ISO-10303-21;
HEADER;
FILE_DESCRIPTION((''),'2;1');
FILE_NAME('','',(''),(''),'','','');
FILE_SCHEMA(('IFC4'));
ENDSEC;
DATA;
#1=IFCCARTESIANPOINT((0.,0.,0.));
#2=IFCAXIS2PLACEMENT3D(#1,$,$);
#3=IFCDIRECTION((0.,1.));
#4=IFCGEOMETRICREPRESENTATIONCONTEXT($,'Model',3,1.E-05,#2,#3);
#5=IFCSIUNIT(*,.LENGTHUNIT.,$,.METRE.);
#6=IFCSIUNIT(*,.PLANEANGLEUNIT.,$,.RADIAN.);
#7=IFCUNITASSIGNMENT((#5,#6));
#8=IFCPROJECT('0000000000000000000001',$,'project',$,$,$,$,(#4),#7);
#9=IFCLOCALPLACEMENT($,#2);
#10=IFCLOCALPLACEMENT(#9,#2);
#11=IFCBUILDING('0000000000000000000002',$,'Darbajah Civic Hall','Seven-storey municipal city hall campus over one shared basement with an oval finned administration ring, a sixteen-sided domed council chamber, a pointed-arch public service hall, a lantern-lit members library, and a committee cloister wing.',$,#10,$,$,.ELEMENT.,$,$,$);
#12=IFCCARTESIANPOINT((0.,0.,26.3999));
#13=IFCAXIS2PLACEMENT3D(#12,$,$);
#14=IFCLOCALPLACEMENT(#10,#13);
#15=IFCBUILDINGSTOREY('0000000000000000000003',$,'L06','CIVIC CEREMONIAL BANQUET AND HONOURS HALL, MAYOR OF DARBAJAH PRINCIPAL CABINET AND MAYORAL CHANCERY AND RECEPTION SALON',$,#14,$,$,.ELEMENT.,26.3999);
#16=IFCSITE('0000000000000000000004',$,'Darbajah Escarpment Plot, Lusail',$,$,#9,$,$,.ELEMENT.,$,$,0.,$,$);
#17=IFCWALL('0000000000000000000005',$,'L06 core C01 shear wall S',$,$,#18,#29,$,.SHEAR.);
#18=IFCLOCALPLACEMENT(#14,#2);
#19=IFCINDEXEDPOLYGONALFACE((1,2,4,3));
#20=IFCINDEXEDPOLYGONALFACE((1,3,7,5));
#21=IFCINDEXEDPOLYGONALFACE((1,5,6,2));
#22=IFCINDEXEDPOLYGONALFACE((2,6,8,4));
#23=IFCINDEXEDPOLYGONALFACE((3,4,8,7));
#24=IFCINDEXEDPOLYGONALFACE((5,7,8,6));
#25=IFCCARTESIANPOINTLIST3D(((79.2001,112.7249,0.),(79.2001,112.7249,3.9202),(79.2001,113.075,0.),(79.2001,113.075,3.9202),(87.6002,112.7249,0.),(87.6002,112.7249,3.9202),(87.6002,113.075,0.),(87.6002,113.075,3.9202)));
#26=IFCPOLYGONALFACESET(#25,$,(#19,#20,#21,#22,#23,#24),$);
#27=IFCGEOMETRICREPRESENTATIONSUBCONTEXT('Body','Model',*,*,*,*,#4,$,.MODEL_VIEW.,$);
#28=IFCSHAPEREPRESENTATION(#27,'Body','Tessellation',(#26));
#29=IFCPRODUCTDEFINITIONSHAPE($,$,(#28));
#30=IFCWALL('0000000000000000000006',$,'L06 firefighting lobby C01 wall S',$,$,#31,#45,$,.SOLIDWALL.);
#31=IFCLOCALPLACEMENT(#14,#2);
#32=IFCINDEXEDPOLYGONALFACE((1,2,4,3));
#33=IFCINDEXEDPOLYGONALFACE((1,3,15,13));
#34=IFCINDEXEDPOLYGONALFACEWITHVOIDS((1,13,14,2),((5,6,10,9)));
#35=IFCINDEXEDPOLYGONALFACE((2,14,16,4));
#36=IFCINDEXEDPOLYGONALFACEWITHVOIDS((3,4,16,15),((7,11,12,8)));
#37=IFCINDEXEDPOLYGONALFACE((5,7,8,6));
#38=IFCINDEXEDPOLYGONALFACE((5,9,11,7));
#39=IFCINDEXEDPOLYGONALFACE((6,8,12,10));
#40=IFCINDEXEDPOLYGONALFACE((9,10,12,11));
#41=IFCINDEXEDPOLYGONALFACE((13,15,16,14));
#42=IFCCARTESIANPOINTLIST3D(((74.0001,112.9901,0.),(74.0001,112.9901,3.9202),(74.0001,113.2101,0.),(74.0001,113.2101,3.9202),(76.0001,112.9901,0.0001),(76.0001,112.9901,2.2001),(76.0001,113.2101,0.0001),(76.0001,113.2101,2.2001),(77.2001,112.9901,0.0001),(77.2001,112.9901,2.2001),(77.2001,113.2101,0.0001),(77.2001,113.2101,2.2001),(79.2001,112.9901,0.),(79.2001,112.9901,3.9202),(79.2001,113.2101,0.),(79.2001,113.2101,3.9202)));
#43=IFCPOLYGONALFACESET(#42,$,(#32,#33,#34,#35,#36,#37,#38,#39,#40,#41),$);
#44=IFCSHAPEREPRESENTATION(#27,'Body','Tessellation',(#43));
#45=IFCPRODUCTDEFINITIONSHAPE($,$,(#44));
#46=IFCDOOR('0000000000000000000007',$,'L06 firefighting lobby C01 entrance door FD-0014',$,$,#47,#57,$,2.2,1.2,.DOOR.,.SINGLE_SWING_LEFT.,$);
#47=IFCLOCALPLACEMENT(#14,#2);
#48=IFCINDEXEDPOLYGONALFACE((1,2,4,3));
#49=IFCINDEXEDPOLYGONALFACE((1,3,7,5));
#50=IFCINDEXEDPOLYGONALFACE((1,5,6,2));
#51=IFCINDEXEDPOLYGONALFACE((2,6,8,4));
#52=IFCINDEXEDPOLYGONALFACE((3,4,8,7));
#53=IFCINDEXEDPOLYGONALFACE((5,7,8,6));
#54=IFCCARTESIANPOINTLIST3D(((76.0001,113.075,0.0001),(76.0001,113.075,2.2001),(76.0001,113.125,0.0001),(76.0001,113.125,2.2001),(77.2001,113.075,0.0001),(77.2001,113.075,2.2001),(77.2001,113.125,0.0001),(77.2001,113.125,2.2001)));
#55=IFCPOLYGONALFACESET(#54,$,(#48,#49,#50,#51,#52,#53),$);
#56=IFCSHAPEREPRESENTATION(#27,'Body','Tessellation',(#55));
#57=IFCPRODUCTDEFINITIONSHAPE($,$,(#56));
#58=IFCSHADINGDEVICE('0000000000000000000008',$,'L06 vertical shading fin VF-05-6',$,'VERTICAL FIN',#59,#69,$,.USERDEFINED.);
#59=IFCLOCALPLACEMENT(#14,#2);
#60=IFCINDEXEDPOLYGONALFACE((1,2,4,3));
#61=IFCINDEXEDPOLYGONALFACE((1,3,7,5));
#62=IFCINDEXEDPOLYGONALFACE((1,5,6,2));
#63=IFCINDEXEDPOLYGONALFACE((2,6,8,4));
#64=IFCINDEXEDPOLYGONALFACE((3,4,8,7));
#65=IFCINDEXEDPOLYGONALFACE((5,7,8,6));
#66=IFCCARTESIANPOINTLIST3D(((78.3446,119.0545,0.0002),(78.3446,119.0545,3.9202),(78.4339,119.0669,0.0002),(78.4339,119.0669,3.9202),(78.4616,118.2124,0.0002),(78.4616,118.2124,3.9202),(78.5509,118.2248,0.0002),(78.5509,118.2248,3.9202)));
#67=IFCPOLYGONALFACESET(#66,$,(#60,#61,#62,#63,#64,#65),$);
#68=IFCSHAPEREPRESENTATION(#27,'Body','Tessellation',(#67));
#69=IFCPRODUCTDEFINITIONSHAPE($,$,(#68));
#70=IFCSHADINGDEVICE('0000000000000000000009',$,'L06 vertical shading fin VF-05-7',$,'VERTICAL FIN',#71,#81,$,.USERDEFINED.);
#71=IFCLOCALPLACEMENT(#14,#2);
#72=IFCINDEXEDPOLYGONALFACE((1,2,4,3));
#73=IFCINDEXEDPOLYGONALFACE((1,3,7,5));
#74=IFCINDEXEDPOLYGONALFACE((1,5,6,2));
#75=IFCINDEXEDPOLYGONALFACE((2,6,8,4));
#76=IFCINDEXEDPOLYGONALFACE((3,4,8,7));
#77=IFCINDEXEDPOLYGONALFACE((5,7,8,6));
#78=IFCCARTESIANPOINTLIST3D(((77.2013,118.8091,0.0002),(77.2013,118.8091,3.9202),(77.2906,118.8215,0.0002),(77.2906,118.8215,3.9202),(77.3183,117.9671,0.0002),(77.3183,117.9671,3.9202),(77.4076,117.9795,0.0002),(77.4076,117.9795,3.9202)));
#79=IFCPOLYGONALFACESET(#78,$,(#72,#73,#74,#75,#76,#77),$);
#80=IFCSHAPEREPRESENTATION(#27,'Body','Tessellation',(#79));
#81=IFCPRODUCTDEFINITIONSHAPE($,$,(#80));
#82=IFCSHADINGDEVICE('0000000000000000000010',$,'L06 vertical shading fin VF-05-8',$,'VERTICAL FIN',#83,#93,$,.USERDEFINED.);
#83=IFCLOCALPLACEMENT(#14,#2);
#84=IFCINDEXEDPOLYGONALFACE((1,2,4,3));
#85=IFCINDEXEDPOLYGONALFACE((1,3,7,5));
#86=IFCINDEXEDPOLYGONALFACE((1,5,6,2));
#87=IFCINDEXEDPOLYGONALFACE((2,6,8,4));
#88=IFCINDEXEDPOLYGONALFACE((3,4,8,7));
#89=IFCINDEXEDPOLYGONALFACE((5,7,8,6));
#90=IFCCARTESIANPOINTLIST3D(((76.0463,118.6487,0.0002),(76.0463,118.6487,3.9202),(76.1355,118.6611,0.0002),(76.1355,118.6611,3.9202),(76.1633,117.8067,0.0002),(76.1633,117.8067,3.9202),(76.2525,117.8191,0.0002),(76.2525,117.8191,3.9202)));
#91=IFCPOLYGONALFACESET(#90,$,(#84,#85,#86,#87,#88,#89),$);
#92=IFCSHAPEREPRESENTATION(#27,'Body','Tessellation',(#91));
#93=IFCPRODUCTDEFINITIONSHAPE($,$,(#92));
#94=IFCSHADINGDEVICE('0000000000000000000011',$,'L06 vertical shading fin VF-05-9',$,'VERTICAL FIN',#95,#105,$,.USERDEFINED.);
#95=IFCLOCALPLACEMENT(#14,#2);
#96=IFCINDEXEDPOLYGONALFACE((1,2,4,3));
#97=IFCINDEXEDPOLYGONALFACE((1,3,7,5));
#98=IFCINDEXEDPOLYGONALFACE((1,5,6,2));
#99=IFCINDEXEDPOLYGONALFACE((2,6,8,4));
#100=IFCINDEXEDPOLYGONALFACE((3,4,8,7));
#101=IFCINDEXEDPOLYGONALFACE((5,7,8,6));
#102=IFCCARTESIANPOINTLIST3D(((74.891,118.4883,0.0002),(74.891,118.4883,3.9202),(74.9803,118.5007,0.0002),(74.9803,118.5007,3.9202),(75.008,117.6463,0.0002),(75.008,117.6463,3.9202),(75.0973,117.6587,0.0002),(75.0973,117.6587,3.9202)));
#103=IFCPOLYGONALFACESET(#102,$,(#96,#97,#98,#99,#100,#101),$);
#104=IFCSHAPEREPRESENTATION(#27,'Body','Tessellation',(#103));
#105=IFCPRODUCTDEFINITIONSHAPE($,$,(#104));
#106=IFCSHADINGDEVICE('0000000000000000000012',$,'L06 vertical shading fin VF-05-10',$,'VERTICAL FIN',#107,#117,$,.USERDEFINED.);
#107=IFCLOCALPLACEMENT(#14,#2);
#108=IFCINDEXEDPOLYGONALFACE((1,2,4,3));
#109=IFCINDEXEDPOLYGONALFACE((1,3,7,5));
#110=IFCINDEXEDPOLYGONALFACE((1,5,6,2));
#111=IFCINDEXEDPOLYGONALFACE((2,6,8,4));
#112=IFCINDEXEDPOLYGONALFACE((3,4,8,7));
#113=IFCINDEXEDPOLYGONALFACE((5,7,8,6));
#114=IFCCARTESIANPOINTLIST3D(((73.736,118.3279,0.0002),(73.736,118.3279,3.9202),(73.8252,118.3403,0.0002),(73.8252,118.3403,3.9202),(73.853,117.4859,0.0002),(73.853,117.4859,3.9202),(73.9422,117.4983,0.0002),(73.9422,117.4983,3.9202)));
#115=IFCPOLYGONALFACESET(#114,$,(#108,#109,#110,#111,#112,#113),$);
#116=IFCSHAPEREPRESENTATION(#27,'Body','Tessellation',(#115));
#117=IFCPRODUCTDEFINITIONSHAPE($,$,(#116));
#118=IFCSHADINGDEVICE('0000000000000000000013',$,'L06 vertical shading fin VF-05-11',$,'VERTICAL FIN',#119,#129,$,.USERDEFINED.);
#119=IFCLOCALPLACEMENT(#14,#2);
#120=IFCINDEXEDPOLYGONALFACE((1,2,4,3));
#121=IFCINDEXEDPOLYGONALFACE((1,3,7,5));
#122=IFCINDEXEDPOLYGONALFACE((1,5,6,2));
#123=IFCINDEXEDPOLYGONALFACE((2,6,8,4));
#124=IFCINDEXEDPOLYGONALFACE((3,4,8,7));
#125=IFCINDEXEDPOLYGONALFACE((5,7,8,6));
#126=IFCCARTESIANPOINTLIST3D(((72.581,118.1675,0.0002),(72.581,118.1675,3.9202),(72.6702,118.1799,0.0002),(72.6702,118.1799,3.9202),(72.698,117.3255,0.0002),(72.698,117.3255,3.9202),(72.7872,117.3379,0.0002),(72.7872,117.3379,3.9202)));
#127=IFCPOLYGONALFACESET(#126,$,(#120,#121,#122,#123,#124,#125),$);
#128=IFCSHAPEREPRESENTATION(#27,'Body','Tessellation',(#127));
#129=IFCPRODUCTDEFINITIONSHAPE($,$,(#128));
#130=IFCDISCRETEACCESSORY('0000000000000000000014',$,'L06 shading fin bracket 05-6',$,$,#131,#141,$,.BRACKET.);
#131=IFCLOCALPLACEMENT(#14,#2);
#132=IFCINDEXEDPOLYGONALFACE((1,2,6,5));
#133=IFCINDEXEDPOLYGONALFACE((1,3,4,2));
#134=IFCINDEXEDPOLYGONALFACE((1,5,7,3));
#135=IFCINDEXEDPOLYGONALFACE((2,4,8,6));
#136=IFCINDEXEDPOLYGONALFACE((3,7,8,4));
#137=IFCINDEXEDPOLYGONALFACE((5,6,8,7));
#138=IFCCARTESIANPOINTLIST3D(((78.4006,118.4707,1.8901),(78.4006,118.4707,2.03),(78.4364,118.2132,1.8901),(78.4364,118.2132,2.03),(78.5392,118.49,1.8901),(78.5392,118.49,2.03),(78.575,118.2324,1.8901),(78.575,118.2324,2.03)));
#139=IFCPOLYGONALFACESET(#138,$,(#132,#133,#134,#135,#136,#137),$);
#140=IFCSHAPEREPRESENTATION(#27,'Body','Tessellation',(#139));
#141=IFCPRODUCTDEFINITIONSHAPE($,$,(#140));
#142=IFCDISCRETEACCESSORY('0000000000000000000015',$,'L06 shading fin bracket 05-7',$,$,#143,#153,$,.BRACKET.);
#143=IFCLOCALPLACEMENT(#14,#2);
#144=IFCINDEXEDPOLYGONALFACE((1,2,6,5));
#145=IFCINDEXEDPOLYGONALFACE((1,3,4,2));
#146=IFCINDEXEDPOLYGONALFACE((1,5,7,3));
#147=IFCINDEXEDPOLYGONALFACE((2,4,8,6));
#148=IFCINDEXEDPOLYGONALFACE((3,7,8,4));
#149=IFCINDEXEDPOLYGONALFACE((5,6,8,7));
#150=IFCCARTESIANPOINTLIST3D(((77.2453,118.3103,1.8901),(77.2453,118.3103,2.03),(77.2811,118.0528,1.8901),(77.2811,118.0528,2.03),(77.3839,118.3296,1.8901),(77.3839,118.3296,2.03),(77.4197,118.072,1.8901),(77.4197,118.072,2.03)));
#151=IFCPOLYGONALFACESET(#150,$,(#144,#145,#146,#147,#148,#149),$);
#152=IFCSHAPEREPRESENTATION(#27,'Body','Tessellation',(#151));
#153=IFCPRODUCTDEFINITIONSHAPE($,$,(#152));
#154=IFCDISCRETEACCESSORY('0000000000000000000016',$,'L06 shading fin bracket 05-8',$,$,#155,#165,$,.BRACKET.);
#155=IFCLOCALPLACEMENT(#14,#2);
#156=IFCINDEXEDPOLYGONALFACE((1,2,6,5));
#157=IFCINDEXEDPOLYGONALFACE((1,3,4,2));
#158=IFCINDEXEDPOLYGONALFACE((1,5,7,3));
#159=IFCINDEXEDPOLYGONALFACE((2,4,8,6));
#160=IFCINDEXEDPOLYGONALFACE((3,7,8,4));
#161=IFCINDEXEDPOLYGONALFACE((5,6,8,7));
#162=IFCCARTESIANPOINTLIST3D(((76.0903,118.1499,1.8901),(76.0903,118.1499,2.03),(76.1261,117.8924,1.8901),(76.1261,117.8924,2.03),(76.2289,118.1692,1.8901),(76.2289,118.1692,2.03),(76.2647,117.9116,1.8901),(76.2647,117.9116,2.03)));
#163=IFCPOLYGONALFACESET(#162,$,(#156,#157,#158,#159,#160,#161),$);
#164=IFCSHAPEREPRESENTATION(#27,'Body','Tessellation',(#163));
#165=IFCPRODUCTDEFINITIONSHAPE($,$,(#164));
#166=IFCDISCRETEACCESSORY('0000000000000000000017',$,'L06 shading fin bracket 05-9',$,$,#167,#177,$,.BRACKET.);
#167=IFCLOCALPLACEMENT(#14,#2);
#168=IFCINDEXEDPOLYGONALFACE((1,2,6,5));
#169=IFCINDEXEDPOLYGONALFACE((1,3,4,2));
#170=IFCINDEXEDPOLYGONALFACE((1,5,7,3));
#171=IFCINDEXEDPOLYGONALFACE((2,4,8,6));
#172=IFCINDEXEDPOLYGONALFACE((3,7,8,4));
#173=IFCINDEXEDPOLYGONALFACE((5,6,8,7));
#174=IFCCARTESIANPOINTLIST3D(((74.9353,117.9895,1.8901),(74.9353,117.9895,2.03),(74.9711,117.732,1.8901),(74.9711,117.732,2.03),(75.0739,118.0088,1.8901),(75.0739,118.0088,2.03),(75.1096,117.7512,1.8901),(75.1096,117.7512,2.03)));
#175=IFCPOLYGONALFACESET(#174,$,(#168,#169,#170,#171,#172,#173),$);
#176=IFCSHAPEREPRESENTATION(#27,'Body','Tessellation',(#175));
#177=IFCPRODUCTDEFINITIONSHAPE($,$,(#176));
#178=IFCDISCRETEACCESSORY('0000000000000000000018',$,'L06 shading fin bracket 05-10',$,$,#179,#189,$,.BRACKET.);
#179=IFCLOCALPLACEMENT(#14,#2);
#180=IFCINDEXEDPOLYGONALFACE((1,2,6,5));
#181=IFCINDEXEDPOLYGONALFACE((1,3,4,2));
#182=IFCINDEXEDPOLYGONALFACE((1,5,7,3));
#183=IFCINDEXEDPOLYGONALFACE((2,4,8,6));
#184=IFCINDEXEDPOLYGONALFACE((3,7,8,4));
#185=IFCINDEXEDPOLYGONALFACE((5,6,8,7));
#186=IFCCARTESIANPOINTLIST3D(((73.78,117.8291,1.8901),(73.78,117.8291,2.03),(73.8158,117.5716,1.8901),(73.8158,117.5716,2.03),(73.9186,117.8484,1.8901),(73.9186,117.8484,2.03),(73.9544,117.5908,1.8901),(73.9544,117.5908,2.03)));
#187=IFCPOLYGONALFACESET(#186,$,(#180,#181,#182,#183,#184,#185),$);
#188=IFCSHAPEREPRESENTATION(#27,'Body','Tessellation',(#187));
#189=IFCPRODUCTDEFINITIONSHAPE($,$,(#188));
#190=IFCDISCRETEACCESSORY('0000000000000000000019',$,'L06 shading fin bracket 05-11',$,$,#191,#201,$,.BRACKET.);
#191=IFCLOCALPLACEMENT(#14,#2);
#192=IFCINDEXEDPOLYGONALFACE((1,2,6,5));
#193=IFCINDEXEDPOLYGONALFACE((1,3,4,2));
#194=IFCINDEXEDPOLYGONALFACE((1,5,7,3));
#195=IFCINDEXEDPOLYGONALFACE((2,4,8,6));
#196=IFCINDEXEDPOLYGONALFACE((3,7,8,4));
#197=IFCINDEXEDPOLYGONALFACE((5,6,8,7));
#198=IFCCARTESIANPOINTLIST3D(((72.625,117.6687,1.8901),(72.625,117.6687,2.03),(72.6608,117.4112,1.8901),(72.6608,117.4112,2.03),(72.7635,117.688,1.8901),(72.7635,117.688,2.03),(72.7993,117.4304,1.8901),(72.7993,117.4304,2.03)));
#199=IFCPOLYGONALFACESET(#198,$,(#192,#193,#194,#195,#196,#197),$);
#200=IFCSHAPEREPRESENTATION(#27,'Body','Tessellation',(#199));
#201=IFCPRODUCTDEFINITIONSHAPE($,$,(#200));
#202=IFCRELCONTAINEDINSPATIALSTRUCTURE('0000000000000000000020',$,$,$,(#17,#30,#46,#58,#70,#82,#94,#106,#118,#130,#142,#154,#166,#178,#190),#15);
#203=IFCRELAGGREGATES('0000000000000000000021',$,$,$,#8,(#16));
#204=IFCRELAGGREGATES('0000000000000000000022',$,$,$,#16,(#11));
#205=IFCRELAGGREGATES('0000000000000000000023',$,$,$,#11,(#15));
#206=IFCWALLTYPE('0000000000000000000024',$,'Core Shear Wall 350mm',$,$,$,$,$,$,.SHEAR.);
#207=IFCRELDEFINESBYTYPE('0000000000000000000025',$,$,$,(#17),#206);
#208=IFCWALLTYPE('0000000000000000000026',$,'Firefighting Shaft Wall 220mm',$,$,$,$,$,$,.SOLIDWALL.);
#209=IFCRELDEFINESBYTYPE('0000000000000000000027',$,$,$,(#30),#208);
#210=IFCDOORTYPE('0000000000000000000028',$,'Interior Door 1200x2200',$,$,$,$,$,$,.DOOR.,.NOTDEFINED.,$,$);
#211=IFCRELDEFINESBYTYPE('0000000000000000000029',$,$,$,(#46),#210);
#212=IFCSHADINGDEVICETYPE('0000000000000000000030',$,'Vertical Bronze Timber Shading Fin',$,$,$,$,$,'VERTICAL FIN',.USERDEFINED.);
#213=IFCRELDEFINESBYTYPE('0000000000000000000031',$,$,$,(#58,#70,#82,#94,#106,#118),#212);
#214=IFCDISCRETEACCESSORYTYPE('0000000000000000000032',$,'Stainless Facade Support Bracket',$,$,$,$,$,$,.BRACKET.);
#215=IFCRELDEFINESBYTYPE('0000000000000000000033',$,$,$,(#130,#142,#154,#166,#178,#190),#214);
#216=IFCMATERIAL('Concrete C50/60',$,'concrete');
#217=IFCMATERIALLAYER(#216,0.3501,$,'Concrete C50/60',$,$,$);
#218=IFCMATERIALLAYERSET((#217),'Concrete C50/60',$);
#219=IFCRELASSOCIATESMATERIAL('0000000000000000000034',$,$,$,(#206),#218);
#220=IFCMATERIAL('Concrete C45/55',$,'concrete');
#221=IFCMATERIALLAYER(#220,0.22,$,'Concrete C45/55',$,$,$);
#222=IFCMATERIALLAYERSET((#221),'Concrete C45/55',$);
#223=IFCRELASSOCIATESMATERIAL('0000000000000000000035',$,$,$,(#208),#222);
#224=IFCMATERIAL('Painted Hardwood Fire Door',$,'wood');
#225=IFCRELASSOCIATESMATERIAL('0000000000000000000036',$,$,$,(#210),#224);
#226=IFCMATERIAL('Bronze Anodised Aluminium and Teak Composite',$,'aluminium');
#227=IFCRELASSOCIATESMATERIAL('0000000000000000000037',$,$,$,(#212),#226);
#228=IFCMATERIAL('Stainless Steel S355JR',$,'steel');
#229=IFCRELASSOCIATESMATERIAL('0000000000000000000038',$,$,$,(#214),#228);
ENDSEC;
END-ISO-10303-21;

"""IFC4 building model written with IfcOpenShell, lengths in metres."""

from ifc_helpers import new_model, si_unit, direction, frame, frame_2d, origin, origin_2d, place, context, subcontext, project, spatial, rectangle, extrude, material, layer, layer_set, type_object, element, fill, save


model = new_model("IFC4")

# Units and contexts
model_context = context("Model", 3, precision=1e-05, world=origin(), true_north=direction((0.0, 1.0)))
body_context = subcontext(model_context, "Body", "Model", "MODEL_VIEW")
ifc_project = project(units=[si_unit("LENGTHUNIT", "METRE"), si_unit("PLANEANGLEUNIT", "RADIAN")], contexts=[model_context])

# Site, building, storey
site_placement = place(None, origin())
site = spatial("IfcSite", under=ifc_project, at=site_placement, Name="Darbajah Escarpment Plot, Lusail", CompositionType="ELEMENT", RefElevation=0.0)
building_placement = place(site_placement, origin())
building = spatial("IfcBuilding", under=site, at=building_placement, Name="Darbajah Civic Hall", Description="Seven-storey municipal city hall campus over one shared basement with an oval finned administration ring, a sixteen-sided domed council chamber, a pointed-arch public service hall, a lantern-lit members library, and a committee cloister wing.", CompositionType="ELEMENT")
storey_placement = place(building_placement, frame((0.0, 0.0, 26.3999)))
storey = spatial("IfcBuildingStorey", under=building, at=storey_placement, Name="L06", Description="CIVIC CEREMONIAL BANQUET AND HONOURS HALL, MAYOR OF DARBAJAH PRINCIPAL CABINET AND MAYORAL CHANCERY AND RECEPTION SALON", CompositionType="ELEMENT", Elevation=26.3999)

# Shared definitions
ifc_material_1 = material(Name="Concrete C45/55", Category="concrete")

# Wall
ifc_material_2 = material(Name="Concrete C50/60", Category="concrete")
ifc_layer_1 = layer(ifc_material_2, 0.3501, Name="Concrete C50/60")
ifc_layer_set_1 = layer_set([ifc_layer_1], Name="Concrete C50/60")
wall_type_1 = type_object("IfcWallType", Name="Core Shear Wall 350mm", PredefinedType="SHEAR", material=ifc_layer_set_1)
wall_1_placement = place(storey_placement, frame((79.2, 112.8999, 0.0), z_axis=(0.0, 0.0, 1.0), x_axis=(1.0, 0.0, 0.0)))
element("IfcWall", 1, at=wall_1_placement, inside=storey, type_object=wall_type_1, Name="L06 core C01 shear wall S", PredefinedType="SHEAR", context=body_context, shape_type="SweptSolid", body=[
    extrude(rectangle(XDim=8.4001, YDim=0.3501, at=frame_2d((4.2002, 0.0))), origin(), (0.0, 0.0, 1.0), 3.9202),
])

# Wall, opening, door
ifc_layer_2 = layer(ifc_material_1, 0.22, Name="Concrete C45/55")
ifc_layer_set_2 = layer_set([ifc_layer_2], Name="Concrete C45/55")
wall_type_2 = type_object("IfcWallType", Name="Firefighting Shaft Wall 220mm", PredefinedType="SOLIDWALL", material=ifc_layer_set_2)
wall_2_placement = place(storey_placement, frame((74.0, 113.1001, 0.0), z_axis=(0.0, 0.0, 1.0), x_axis=(1.0, 0.0, 0.0)))
wall_2 = element("IfcWall", 2, at=wall_2_placement, inside=storey, type_object=wall_type_2, Name="L06 firefighting lobby C01 wall S", PredefinedType="SOLIDWALL", context=body_context, shape_type="SweptSolid", body=[
    extrude(rectangle(XDim=5.2, YDim=0.22, at=frame_2d((2.6001, 0.0))), origin(), (0.0, 0.0, 1.0), 3.9202),
])
opening_1_placement = place(wall_2_placement, frame((2.0, 0.0, 0.0)))
opening_1 = element("IfcOpeningElement", 3, at=opening_1_placement, cuts=wall_2, PredefinedType="OPENING", context=body_context, shape_type="SweptSolid", body=[
    extrude(rectangle(XDim=1.2, YDim=2.2, at=frame_2d((0.6001, 1.1001))), frame((0.0, 0.1199, 0.0), z_axis=(0.0, -1.0, 0.0), x_axis=(1.0, 0.0, 0.0)), (0.0, 0.0, 1.0), 0.24),
])
ifc_material_3 = material(Name="Painted Hardwood Fire Door", Category="wood")
door_type_1 = type_object("IfcDoorType", Name="Interior Door 1200x2200", OperationType="NOTDEFINED", PredefinedType="DOOR", material=ifc_material_3)
door_1_placement = place(opening_1_placement, origin())
door_1 = element("IfcDoor", 4, at=door_1_placement, inside=storey, type_object=door_type_1, Name="L06 firefighting lobby C01 entrance door FD-0014", OperationType="SINGLE_SWING_LEFT", OverallHeight=2.2, OverallWidth=1.2, PredefinedType="DOOR", context=body_context, shape_type="SweptSolid", body=[
    extrude(rectangle(XDim=1.2, YDim=2.2, at=frame_2d((0.6001, 1.1001))), frame((0.0, 0.0249, 0.0), z_axis=(0.0, -1.0, 0.0), x_axis=(1.0, 0.0, 0.0)), (0.0, 0.0, 1.0), 0.05),
])
fill(opening_1, door_1)

# Shading devices
ifc_material_4 = material(Name="Bronze Anodised Aluminium and Teak Composite", Category="aluminium")
shading_device_type = type_object("IfcShadingDeviceType", Name="Vertical Bronze Timber Shading Fin", ElementType="VERTICAL FIN", PredefinedType="USERDEFINED", material=ifc_material_4)
for number, where, z_axis, x_axis, name in (
    (5, (78.4478, 118.6396, 0.0002), (0.0, 0.0, 1.0), (-0.137617, 0.990485, 0.0), "L06 vertical shading fin VF-05-6"),
    (6, (77.3044, 118.3943, 0.0002), (0.0, 0.0, 1.0), (-0.137617, 0.990485, 0.0), "L06 vertical shading fin VF-05-7"),
    (7, (76.1494, 118.2339, 0.0002), (0.0, 0.0, 1.0), (-0.137617, 0.990485, 0.0), "L06 vertical shading fin VF-05-8"),
    (8, (74.9941, 118.0735, 0.0002), (0.0, 0.0, 1.0), (-0.137617, 0.990485, 0.0), "L06 vertical shading fin VF-05-9"),
    (9, (73.8391, 117.9131, 0.0002), (0.0, 0.0, 1.0), (-0.137617, 0.990485, 0.0), "L06 vertical shading fin VF-05-10"),
    (10, (72.6841, 117.7527, 0.0002), (0.0, 0.0, 1.0), (-0.137617, 0.990485, 0.0), "L06 vertical shading fin VF-05-11"),
):
    element("IfcShadingDevice", number, at=place(storey_placement, frame(where, z_axis=z_axis, x_axis=x_axis)), inside=storey, type_object=shading_device_type, Name=name, ObjectType="VERTICAL FIN", PredefinedType="USERDEFINED", context=body_context, shape_type="SweptSolid", body=[
        extrude(rectangle(XDim=0.8501, YDim=0.0901, at=origin_2d()), origin(), (0.0, 0.0, 1.0), 3.9199),
    ])

# Discrete accessories
ifc_material_5 = material(Name="Stainless Steel S355JR", Category="steel")
discrete_accessory_type = type_object("IfcDiscreteAccessoryType", Name="Stainless Facade Support Bracket", PredefinedType="BRACKET", material=ifc_material_5)
for number, where, z_axis, x_axis, name in (
    (11, (78.4878, 118.3516, 1.8901), (0.0, 0.0, 1.0), (-0.137617, 0.990485, 0.0), "L06 shading fin bracket 05-6"),
    (12, (77.3325, 118.1912, 1.8901), (0.0, 0.0, 1.0), (-0.137617, 0.990485, 0.0), "L06 shading fin bracket 05-7"),
    (13, (76.1775, 118.0308, 1.8901), (0.0, 0.0, 1.0), (-0.137617, 0.990485, 0.0), "L06 shading fin bracket 05-8"),
    (14, (75.0225, 117.8704, 1.8901), (0.0, 0.0, 1.0), (-0.137617, 0.990485, 0.0), "L06 shading fin bracket 05-9"),
    (15, (73.8672, 117.71, 1.8901), (0.0, 0.0, 1.0), (-0.137617, 0.990485, 0.0), "L06 shading fin bracket 05-10"),
    (16, (72.7122, 117.5496, 1.8901), (0.0, 0.0, 1.0), (-0.137617, 0.990485, 0.0), "L06 shading fin bracket 05-11"),
):
    element("IfcDiscreteAccessory", number, at=place(storey_placement, frame(where, z_axis=z_axis, x_axis=x_axis)), inside=storey, type_object=discrete_accessory_type, Name=name, PredefinedType="BRACKET", context=body_context, shape_type="SweptSolid", body=[
        extrude(rectangle(XDim=0.26, YDim=0.1399, at=origin_2d()), origin(), (0.0, 0.0, 1.0), 0.1399),
    ])

save(model, "model.ifc")
